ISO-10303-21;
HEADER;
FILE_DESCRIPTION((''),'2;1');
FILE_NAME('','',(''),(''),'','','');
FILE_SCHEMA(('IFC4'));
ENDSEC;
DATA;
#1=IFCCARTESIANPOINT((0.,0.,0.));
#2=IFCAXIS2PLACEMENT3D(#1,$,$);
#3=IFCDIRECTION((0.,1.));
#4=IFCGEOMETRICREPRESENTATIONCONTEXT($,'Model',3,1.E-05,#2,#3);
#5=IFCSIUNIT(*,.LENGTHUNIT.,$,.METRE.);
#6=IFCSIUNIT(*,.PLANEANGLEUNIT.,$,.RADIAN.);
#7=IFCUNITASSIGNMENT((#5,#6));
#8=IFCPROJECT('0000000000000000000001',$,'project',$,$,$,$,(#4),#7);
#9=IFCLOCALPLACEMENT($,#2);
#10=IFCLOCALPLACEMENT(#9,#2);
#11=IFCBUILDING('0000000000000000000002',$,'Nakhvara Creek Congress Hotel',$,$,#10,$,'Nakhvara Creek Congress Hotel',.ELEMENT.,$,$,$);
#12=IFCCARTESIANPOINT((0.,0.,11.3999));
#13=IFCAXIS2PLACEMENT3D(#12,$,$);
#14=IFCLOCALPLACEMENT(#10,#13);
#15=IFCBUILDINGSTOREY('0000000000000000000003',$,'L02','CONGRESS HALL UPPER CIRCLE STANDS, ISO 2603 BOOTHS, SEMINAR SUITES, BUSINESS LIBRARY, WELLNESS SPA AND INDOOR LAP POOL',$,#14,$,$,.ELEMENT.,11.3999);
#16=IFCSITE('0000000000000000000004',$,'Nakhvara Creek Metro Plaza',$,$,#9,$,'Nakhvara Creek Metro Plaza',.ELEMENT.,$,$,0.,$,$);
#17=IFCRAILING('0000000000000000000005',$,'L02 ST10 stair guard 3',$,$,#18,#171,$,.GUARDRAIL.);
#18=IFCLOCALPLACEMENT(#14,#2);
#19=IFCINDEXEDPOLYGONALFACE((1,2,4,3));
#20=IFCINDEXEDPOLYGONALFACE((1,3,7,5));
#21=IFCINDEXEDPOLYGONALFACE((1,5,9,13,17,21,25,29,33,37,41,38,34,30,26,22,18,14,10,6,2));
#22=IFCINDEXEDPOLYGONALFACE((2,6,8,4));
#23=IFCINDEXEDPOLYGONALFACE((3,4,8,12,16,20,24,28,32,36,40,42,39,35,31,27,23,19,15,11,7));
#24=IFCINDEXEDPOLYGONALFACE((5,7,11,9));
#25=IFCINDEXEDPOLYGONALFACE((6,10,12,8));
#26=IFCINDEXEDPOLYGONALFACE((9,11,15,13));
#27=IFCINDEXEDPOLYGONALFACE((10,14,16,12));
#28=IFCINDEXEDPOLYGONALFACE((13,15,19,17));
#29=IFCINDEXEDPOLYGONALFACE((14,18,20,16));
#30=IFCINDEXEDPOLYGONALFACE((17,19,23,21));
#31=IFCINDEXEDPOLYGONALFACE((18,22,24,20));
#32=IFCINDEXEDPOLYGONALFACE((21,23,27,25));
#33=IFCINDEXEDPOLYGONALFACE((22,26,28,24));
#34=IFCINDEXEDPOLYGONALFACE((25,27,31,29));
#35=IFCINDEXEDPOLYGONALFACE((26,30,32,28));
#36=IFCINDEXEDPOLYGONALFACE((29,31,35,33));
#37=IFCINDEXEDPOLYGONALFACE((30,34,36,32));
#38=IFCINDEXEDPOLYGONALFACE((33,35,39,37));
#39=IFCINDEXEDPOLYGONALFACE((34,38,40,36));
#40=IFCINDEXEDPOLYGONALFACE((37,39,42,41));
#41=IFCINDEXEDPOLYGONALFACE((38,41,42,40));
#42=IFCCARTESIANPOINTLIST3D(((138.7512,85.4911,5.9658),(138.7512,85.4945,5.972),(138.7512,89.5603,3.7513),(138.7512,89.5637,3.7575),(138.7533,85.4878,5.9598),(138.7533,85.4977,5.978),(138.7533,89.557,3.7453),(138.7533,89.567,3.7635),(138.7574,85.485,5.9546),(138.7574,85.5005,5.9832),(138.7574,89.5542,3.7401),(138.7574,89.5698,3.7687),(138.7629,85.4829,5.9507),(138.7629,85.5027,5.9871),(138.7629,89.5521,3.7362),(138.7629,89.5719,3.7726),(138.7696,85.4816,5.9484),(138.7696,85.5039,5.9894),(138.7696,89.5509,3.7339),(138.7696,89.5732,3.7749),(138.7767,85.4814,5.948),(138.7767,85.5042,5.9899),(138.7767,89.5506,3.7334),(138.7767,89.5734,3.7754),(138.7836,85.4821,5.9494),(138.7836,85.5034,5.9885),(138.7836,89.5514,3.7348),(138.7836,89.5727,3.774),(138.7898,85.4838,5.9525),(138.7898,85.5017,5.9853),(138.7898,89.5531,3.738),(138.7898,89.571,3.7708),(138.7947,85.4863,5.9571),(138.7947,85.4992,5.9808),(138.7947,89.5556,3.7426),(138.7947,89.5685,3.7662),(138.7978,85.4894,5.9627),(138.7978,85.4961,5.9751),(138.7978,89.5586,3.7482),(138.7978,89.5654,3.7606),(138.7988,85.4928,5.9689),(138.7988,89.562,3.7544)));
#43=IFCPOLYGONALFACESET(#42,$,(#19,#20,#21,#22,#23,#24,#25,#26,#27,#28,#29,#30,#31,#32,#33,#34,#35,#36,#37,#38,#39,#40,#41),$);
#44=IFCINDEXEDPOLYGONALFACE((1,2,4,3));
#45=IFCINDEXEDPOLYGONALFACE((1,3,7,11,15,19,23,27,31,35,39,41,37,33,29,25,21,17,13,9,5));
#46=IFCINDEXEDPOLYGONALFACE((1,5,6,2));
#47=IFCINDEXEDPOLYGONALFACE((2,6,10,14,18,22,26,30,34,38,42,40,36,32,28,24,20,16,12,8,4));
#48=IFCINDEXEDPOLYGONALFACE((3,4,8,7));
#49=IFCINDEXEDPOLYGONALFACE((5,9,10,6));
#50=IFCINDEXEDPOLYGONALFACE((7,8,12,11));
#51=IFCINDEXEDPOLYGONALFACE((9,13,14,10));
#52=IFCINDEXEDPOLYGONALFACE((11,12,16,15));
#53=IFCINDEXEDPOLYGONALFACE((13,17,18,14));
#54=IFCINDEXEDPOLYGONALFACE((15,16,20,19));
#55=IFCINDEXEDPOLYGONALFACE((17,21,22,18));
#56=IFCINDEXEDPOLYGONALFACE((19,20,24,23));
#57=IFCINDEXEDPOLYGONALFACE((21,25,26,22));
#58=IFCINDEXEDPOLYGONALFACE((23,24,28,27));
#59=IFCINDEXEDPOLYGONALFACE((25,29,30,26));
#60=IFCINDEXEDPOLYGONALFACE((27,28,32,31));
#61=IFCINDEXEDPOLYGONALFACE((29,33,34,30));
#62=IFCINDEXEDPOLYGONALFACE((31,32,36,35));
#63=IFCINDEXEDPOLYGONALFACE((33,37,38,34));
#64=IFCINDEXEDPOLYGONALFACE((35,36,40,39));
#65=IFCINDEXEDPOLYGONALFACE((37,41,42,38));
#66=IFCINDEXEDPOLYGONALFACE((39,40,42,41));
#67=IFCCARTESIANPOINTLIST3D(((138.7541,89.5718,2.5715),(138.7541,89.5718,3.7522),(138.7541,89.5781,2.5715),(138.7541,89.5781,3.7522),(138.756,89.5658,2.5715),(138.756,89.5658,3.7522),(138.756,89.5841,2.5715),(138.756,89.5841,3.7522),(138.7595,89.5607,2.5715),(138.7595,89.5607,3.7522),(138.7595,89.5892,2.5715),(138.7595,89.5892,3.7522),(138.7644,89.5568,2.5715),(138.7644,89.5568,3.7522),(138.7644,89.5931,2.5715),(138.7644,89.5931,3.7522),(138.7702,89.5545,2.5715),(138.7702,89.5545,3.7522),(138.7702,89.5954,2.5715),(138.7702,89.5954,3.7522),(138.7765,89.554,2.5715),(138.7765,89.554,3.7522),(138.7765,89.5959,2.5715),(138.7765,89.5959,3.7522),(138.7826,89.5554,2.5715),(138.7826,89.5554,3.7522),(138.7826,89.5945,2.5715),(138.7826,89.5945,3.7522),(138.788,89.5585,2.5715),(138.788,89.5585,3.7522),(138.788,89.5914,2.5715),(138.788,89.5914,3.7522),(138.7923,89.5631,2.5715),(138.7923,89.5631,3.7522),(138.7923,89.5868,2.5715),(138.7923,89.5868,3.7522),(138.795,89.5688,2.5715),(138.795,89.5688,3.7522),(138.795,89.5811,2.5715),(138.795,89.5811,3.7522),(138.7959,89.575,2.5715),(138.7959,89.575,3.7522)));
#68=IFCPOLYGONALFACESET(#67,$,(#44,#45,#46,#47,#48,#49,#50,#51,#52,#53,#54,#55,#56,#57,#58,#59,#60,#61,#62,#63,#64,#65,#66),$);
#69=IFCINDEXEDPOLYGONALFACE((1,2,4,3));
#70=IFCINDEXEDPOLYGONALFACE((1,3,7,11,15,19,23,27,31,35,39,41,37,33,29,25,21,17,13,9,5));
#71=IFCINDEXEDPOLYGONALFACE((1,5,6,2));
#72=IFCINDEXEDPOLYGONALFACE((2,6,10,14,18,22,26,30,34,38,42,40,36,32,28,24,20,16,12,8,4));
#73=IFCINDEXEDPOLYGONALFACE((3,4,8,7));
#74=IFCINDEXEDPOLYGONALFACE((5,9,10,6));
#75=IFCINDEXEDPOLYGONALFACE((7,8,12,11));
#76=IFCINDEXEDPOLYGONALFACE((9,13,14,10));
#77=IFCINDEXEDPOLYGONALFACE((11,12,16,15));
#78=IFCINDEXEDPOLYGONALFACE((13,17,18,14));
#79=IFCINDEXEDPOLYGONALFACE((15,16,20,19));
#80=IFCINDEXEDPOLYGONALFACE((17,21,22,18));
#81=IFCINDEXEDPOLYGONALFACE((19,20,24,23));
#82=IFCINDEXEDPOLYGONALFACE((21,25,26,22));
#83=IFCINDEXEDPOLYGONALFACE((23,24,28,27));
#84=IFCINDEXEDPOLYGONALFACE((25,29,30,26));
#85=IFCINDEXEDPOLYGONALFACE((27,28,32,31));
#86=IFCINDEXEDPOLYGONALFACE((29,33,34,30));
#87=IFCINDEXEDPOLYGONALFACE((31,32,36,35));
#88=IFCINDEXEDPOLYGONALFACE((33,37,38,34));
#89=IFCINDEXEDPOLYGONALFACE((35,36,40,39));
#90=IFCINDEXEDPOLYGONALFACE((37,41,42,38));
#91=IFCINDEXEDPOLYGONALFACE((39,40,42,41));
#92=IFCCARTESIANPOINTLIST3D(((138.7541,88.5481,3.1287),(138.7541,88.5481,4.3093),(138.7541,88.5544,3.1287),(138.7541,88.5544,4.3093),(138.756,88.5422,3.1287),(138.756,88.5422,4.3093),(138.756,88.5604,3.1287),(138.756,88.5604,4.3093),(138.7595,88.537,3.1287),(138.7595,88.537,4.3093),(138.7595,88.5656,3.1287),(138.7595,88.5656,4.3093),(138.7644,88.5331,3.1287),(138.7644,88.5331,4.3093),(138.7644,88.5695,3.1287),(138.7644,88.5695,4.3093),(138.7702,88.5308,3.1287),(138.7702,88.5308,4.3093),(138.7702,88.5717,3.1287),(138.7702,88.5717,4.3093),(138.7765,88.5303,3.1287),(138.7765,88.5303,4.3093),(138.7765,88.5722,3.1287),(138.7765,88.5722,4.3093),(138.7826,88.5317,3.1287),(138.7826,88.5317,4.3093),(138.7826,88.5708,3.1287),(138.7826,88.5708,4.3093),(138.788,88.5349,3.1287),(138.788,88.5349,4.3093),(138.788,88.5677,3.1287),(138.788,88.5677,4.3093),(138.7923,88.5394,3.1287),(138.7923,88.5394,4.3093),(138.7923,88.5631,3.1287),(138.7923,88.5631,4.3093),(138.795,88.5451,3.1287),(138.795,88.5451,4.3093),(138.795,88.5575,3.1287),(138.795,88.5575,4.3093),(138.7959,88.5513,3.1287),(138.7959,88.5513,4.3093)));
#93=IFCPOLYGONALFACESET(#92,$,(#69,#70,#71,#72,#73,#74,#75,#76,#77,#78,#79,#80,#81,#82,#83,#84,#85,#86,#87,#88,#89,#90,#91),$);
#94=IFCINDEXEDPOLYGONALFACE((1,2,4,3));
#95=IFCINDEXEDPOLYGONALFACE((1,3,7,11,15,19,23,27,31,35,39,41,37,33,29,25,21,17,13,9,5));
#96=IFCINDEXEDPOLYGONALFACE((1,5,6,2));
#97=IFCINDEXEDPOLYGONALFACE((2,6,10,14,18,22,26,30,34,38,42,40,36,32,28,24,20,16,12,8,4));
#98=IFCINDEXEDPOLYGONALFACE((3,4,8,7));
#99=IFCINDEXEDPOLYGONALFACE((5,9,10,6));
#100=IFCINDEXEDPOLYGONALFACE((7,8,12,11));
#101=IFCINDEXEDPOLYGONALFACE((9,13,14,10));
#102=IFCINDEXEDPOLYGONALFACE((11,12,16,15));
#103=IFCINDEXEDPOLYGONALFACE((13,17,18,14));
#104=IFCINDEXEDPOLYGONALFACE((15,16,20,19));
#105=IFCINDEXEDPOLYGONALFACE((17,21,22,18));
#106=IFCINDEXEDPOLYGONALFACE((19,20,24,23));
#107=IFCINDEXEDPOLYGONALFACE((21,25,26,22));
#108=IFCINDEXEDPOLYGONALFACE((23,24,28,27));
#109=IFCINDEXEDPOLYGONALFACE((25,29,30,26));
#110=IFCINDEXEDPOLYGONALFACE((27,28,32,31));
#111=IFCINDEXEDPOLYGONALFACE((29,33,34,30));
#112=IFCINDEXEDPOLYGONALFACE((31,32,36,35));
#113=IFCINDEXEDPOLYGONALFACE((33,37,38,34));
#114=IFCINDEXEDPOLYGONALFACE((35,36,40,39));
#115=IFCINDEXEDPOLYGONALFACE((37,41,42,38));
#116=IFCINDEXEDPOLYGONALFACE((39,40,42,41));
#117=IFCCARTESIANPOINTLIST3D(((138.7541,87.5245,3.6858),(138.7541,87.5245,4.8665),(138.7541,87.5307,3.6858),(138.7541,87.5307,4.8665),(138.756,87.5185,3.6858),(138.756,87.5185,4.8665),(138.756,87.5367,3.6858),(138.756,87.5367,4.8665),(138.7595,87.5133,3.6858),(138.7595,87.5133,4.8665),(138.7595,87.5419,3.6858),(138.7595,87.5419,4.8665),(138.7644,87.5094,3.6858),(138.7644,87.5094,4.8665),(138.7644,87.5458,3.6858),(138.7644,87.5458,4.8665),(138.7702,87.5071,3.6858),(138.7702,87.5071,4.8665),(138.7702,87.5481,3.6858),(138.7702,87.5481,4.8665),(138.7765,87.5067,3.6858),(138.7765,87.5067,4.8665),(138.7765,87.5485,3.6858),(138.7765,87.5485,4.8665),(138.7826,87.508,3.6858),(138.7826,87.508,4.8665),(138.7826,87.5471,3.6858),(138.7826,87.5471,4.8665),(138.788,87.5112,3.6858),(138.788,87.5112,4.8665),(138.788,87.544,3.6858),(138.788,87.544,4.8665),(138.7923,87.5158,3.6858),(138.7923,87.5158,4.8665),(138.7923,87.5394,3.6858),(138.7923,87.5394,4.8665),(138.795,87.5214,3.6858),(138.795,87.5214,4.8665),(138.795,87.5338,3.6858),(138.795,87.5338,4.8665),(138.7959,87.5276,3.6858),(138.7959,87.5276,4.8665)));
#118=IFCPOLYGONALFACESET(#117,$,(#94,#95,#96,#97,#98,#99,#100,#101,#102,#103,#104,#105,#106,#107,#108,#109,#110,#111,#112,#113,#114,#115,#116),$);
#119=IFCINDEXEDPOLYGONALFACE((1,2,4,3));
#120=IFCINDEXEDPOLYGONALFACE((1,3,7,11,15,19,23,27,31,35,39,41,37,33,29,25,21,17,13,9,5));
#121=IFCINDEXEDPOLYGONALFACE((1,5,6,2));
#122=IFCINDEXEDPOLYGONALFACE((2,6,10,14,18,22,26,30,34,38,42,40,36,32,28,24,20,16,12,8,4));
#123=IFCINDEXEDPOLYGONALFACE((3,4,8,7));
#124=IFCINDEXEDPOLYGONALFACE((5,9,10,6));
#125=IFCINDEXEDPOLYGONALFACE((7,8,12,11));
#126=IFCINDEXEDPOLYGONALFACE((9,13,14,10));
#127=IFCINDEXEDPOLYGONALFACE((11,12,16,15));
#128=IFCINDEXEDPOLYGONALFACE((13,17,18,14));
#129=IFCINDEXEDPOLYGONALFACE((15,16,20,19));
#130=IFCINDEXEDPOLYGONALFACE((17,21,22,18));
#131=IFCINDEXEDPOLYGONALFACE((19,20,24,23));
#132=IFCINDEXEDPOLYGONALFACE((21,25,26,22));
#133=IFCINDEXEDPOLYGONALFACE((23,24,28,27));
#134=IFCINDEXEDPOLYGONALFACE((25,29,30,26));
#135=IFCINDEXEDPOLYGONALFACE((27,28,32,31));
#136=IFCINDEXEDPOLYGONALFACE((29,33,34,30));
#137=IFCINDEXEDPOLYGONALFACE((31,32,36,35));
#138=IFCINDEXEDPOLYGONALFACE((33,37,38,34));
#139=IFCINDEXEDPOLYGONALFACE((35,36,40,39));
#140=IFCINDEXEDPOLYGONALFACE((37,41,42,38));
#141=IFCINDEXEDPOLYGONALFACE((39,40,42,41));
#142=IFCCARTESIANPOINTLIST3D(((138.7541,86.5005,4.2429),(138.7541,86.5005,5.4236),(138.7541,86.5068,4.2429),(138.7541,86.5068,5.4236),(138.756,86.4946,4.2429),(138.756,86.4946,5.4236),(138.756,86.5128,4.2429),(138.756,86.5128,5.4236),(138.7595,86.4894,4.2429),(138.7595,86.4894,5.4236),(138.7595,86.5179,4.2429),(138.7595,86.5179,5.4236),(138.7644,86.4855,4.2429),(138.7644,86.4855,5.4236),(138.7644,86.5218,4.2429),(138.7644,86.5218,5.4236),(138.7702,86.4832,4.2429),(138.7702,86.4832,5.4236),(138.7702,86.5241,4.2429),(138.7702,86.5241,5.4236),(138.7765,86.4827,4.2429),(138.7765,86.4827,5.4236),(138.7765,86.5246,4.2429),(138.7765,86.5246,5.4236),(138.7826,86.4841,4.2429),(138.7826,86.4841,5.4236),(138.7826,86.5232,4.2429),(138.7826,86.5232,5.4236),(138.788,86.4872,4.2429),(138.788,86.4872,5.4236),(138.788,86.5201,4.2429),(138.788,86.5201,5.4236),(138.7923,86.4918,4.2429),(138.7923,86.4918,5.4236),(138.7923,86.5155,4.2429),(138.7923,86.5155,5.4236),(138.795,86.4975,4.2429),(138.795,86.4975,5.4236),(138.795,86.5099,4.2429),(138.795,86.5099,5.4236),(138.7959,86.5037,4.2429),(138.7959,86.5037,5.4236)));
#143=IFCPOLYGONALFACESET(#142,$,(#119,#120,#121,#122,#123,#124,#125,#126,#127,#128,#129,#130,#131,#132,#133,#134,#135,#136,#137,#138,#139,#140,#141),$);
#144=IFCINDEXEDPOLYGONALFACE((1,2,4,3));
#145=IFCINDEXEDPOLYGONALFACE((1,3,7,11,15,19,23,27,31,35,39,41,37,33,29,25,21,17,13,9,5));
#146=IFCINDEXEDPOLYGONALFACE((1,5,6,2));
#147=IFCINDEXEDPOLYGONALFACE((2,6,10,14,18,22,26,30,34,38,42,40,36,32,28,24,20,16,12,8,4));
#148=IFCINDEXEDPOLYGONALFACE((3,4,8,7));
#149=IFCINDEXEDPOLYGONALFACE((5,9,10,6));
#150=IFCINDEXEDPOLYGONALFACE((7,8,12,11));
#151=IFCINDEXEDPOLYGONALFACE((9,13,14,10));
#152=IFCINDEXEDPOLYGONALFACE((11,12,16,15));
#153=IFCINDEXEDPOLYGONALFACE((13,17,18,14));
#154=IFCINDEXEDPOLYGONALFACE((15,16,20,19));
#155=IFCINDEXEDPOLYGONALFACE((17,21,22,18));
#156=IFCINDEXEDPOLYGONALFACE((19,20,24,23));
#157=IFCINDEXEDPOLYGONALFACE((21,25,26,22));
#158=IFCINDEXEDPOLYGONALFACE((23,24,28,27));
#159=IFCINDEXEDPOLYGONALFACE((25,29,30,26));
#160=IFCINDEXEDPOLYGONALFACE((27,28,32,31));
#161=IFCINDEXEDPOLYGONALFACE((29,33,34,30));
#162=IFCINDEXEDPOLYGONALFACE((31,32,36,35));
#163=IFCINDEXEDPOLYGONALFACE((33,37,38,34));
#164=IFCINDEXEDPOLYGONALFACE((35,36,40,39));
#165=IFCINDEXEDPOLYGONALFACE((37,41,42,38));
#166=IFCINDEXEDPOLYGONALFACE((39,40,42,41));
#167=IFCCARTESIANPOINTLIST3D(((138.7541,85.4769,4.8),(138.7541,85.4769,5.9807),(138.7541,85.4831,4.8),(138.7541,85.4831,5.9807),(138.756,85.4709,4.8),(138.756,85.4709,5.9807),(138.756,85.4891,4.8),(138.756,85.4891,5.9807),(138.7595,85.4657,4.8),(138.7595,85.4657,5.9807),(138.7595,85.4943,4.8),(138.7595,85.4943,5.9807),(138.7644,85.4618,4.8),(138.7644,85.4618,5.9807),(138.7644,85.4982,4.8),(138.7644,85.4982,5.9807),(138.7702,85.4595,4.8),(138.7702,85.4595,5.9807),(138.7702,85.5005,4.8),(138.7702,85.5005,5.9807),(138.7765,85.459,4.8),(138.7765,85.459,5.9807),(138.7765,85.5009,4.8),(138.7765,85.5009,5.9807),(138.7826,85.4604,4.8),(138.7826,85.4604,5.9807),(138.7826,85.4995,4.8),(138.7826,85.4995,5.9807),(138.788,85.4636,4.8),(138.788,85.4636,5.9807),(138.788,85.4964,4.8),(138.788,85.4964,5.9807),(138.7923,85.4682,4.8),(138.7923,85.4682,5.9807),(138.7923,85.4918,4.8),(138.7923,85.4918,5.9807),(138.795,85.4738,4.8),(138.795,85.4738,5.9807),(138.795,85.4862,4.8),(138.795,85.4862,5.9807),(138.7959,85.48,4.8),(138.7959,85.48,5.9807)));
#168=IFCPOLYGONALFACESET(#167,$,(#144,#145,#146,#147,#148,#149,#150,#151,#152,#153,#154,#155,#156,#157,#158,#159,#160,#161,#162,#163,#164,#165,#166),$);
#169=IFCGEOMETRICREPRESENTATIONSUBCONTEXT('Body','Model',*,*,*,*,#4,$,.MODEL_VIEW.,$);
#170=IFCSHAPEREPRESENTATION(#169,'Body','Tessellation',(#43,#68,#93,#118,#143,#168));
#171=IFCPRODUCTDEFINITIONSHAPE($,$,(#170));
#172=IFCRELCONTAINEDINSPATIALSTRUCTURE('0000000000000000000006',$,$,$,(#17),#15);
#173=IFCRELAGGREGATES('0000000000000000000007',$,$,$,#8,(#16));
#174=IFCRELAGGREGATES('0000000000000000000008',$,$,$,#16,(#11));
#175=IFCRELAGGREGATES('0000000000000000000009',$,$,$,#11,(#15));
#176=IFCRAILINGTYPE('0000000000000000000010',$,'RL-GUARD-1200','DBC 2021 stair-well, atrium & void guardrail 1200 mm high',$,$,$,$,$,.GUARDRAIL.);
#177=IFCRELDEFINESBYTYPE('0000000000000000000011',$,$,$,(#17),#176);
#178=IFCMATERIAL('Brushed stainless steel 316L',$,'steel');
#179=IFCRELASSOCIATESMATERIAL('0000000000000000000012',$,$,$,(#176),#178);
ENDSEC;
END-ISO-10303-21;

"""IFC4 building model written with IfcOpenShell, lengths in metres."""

from ifc_helpers import new_model, si_unit, direction, frame, origin, origin_2d, place, context, subcontext, project, spatial, circle, extrude, material, type_object, element, save


model = new_model("IFC4")

# Units and contexts
model_context = context("Model", 3, precision=1e-05, world=origin(), true_north=direction((0.0, 1.0)))
body_context = subcontext(model_context, "Body", "Model", "MODEL_VIEW")
ifc_project = project(units=[si_unit("LENGTHUNIT", "METRE"), si_unit("PLANEANGLEUNIT", "RADIAN")], contexts=[model_context])

# Site, building, storey
site_placement = place(None, origin())
site = spatial("IfcSite", under=ifc_project, at=site_placement, Name="Nakhvara Creek Metro Plaza", LongName="Nakhvara Creek Metro Plaza", CompositionType="ELEMENT", RefElevation=0.0)
building_placement = place(site_placement, origin())
building = spatial("IfcBuilding", under=site, at=building_placement, Name="Nakhvara Creek Congress Hotel", LongName="Nakhvara Creek Congress Hotel", CompositionType="ELEMENT")
storey_placement = place(building_placement, frame((0.0, 0.0, 11.3999)))
storey = spatial("IfcBuildingStorey", under=building, at=storey_placement, Name="L02", Description="CONGRESS HALL UPPER CIRCLE STANDS, ISO 2603 BOOTHS, SEMINAR SUITES, BUSINESS LIBRARY, WELLNESS SPA AND INDOOR LAP POOL", CompositionType="ELEMENT", Elevation=11.3999)

# Railing
ifc_material_1 = material(Name="Brushed stainless steel 316L", Category="steel")
railing_type_1 = type_object("IfcRailingType", Name="RL-GUARD-1200", Description="DBC 2021 stair-well, atrium & void guardrail 1200 mm high", PredefinedType="GUARDRAIL", material=ifc_material_1)
railing_1_placement = place(storey_placement, frame((138.7749, 89.575, 2.5715)))
element("IfcRailing", 1, at=railing_1_placement, inside=storey, type_object=railing_type_1, Name="L02 ST10 stair guard 3", PredefinedType="GUARDRAIL", context=body_context, shape_type="SweptSolid", body=[
    extrude(circle(Radius=0.0239, at=origin_2d()), frame((0.0, -0.0129, 1.1829), z_axis=(0.0, -0.878355, 0.478008), x_axis=(1.0, 0.0, 0.0)), (0.0, 0.0, 1.0), 4.6328),
    extrude(circle(Radius=0.021, at=origin_2d()), origin(), (0.0, 0.0, 1.0), 1.1807),
    extrude(circle(Radius=0.021, at=origin_2d()), frame((0.0, -1.0237, 0.5571)), (0.0, 0.0, 1.0), 1.1807),
    extrude(circle(Radius=0.021, at=origin_2d()), frame((0.0, -2.0474, 1.1143)), (0.0, 0.0, 1.0), 1.1807),
    extrude(circle(Radius=0.021, at=origin_2d()), frame((0.0, -3.0713, 1.6714)), (0.0, 0.0, 1.0), 1.1807),
    extrude(circle(Radius=0.021, at=origin_2d()), frame((0.0, -4.095, 2.2285)), (0.0, 0.0, 1.0), 1.1807),
])

save(model, "model.ifc")
